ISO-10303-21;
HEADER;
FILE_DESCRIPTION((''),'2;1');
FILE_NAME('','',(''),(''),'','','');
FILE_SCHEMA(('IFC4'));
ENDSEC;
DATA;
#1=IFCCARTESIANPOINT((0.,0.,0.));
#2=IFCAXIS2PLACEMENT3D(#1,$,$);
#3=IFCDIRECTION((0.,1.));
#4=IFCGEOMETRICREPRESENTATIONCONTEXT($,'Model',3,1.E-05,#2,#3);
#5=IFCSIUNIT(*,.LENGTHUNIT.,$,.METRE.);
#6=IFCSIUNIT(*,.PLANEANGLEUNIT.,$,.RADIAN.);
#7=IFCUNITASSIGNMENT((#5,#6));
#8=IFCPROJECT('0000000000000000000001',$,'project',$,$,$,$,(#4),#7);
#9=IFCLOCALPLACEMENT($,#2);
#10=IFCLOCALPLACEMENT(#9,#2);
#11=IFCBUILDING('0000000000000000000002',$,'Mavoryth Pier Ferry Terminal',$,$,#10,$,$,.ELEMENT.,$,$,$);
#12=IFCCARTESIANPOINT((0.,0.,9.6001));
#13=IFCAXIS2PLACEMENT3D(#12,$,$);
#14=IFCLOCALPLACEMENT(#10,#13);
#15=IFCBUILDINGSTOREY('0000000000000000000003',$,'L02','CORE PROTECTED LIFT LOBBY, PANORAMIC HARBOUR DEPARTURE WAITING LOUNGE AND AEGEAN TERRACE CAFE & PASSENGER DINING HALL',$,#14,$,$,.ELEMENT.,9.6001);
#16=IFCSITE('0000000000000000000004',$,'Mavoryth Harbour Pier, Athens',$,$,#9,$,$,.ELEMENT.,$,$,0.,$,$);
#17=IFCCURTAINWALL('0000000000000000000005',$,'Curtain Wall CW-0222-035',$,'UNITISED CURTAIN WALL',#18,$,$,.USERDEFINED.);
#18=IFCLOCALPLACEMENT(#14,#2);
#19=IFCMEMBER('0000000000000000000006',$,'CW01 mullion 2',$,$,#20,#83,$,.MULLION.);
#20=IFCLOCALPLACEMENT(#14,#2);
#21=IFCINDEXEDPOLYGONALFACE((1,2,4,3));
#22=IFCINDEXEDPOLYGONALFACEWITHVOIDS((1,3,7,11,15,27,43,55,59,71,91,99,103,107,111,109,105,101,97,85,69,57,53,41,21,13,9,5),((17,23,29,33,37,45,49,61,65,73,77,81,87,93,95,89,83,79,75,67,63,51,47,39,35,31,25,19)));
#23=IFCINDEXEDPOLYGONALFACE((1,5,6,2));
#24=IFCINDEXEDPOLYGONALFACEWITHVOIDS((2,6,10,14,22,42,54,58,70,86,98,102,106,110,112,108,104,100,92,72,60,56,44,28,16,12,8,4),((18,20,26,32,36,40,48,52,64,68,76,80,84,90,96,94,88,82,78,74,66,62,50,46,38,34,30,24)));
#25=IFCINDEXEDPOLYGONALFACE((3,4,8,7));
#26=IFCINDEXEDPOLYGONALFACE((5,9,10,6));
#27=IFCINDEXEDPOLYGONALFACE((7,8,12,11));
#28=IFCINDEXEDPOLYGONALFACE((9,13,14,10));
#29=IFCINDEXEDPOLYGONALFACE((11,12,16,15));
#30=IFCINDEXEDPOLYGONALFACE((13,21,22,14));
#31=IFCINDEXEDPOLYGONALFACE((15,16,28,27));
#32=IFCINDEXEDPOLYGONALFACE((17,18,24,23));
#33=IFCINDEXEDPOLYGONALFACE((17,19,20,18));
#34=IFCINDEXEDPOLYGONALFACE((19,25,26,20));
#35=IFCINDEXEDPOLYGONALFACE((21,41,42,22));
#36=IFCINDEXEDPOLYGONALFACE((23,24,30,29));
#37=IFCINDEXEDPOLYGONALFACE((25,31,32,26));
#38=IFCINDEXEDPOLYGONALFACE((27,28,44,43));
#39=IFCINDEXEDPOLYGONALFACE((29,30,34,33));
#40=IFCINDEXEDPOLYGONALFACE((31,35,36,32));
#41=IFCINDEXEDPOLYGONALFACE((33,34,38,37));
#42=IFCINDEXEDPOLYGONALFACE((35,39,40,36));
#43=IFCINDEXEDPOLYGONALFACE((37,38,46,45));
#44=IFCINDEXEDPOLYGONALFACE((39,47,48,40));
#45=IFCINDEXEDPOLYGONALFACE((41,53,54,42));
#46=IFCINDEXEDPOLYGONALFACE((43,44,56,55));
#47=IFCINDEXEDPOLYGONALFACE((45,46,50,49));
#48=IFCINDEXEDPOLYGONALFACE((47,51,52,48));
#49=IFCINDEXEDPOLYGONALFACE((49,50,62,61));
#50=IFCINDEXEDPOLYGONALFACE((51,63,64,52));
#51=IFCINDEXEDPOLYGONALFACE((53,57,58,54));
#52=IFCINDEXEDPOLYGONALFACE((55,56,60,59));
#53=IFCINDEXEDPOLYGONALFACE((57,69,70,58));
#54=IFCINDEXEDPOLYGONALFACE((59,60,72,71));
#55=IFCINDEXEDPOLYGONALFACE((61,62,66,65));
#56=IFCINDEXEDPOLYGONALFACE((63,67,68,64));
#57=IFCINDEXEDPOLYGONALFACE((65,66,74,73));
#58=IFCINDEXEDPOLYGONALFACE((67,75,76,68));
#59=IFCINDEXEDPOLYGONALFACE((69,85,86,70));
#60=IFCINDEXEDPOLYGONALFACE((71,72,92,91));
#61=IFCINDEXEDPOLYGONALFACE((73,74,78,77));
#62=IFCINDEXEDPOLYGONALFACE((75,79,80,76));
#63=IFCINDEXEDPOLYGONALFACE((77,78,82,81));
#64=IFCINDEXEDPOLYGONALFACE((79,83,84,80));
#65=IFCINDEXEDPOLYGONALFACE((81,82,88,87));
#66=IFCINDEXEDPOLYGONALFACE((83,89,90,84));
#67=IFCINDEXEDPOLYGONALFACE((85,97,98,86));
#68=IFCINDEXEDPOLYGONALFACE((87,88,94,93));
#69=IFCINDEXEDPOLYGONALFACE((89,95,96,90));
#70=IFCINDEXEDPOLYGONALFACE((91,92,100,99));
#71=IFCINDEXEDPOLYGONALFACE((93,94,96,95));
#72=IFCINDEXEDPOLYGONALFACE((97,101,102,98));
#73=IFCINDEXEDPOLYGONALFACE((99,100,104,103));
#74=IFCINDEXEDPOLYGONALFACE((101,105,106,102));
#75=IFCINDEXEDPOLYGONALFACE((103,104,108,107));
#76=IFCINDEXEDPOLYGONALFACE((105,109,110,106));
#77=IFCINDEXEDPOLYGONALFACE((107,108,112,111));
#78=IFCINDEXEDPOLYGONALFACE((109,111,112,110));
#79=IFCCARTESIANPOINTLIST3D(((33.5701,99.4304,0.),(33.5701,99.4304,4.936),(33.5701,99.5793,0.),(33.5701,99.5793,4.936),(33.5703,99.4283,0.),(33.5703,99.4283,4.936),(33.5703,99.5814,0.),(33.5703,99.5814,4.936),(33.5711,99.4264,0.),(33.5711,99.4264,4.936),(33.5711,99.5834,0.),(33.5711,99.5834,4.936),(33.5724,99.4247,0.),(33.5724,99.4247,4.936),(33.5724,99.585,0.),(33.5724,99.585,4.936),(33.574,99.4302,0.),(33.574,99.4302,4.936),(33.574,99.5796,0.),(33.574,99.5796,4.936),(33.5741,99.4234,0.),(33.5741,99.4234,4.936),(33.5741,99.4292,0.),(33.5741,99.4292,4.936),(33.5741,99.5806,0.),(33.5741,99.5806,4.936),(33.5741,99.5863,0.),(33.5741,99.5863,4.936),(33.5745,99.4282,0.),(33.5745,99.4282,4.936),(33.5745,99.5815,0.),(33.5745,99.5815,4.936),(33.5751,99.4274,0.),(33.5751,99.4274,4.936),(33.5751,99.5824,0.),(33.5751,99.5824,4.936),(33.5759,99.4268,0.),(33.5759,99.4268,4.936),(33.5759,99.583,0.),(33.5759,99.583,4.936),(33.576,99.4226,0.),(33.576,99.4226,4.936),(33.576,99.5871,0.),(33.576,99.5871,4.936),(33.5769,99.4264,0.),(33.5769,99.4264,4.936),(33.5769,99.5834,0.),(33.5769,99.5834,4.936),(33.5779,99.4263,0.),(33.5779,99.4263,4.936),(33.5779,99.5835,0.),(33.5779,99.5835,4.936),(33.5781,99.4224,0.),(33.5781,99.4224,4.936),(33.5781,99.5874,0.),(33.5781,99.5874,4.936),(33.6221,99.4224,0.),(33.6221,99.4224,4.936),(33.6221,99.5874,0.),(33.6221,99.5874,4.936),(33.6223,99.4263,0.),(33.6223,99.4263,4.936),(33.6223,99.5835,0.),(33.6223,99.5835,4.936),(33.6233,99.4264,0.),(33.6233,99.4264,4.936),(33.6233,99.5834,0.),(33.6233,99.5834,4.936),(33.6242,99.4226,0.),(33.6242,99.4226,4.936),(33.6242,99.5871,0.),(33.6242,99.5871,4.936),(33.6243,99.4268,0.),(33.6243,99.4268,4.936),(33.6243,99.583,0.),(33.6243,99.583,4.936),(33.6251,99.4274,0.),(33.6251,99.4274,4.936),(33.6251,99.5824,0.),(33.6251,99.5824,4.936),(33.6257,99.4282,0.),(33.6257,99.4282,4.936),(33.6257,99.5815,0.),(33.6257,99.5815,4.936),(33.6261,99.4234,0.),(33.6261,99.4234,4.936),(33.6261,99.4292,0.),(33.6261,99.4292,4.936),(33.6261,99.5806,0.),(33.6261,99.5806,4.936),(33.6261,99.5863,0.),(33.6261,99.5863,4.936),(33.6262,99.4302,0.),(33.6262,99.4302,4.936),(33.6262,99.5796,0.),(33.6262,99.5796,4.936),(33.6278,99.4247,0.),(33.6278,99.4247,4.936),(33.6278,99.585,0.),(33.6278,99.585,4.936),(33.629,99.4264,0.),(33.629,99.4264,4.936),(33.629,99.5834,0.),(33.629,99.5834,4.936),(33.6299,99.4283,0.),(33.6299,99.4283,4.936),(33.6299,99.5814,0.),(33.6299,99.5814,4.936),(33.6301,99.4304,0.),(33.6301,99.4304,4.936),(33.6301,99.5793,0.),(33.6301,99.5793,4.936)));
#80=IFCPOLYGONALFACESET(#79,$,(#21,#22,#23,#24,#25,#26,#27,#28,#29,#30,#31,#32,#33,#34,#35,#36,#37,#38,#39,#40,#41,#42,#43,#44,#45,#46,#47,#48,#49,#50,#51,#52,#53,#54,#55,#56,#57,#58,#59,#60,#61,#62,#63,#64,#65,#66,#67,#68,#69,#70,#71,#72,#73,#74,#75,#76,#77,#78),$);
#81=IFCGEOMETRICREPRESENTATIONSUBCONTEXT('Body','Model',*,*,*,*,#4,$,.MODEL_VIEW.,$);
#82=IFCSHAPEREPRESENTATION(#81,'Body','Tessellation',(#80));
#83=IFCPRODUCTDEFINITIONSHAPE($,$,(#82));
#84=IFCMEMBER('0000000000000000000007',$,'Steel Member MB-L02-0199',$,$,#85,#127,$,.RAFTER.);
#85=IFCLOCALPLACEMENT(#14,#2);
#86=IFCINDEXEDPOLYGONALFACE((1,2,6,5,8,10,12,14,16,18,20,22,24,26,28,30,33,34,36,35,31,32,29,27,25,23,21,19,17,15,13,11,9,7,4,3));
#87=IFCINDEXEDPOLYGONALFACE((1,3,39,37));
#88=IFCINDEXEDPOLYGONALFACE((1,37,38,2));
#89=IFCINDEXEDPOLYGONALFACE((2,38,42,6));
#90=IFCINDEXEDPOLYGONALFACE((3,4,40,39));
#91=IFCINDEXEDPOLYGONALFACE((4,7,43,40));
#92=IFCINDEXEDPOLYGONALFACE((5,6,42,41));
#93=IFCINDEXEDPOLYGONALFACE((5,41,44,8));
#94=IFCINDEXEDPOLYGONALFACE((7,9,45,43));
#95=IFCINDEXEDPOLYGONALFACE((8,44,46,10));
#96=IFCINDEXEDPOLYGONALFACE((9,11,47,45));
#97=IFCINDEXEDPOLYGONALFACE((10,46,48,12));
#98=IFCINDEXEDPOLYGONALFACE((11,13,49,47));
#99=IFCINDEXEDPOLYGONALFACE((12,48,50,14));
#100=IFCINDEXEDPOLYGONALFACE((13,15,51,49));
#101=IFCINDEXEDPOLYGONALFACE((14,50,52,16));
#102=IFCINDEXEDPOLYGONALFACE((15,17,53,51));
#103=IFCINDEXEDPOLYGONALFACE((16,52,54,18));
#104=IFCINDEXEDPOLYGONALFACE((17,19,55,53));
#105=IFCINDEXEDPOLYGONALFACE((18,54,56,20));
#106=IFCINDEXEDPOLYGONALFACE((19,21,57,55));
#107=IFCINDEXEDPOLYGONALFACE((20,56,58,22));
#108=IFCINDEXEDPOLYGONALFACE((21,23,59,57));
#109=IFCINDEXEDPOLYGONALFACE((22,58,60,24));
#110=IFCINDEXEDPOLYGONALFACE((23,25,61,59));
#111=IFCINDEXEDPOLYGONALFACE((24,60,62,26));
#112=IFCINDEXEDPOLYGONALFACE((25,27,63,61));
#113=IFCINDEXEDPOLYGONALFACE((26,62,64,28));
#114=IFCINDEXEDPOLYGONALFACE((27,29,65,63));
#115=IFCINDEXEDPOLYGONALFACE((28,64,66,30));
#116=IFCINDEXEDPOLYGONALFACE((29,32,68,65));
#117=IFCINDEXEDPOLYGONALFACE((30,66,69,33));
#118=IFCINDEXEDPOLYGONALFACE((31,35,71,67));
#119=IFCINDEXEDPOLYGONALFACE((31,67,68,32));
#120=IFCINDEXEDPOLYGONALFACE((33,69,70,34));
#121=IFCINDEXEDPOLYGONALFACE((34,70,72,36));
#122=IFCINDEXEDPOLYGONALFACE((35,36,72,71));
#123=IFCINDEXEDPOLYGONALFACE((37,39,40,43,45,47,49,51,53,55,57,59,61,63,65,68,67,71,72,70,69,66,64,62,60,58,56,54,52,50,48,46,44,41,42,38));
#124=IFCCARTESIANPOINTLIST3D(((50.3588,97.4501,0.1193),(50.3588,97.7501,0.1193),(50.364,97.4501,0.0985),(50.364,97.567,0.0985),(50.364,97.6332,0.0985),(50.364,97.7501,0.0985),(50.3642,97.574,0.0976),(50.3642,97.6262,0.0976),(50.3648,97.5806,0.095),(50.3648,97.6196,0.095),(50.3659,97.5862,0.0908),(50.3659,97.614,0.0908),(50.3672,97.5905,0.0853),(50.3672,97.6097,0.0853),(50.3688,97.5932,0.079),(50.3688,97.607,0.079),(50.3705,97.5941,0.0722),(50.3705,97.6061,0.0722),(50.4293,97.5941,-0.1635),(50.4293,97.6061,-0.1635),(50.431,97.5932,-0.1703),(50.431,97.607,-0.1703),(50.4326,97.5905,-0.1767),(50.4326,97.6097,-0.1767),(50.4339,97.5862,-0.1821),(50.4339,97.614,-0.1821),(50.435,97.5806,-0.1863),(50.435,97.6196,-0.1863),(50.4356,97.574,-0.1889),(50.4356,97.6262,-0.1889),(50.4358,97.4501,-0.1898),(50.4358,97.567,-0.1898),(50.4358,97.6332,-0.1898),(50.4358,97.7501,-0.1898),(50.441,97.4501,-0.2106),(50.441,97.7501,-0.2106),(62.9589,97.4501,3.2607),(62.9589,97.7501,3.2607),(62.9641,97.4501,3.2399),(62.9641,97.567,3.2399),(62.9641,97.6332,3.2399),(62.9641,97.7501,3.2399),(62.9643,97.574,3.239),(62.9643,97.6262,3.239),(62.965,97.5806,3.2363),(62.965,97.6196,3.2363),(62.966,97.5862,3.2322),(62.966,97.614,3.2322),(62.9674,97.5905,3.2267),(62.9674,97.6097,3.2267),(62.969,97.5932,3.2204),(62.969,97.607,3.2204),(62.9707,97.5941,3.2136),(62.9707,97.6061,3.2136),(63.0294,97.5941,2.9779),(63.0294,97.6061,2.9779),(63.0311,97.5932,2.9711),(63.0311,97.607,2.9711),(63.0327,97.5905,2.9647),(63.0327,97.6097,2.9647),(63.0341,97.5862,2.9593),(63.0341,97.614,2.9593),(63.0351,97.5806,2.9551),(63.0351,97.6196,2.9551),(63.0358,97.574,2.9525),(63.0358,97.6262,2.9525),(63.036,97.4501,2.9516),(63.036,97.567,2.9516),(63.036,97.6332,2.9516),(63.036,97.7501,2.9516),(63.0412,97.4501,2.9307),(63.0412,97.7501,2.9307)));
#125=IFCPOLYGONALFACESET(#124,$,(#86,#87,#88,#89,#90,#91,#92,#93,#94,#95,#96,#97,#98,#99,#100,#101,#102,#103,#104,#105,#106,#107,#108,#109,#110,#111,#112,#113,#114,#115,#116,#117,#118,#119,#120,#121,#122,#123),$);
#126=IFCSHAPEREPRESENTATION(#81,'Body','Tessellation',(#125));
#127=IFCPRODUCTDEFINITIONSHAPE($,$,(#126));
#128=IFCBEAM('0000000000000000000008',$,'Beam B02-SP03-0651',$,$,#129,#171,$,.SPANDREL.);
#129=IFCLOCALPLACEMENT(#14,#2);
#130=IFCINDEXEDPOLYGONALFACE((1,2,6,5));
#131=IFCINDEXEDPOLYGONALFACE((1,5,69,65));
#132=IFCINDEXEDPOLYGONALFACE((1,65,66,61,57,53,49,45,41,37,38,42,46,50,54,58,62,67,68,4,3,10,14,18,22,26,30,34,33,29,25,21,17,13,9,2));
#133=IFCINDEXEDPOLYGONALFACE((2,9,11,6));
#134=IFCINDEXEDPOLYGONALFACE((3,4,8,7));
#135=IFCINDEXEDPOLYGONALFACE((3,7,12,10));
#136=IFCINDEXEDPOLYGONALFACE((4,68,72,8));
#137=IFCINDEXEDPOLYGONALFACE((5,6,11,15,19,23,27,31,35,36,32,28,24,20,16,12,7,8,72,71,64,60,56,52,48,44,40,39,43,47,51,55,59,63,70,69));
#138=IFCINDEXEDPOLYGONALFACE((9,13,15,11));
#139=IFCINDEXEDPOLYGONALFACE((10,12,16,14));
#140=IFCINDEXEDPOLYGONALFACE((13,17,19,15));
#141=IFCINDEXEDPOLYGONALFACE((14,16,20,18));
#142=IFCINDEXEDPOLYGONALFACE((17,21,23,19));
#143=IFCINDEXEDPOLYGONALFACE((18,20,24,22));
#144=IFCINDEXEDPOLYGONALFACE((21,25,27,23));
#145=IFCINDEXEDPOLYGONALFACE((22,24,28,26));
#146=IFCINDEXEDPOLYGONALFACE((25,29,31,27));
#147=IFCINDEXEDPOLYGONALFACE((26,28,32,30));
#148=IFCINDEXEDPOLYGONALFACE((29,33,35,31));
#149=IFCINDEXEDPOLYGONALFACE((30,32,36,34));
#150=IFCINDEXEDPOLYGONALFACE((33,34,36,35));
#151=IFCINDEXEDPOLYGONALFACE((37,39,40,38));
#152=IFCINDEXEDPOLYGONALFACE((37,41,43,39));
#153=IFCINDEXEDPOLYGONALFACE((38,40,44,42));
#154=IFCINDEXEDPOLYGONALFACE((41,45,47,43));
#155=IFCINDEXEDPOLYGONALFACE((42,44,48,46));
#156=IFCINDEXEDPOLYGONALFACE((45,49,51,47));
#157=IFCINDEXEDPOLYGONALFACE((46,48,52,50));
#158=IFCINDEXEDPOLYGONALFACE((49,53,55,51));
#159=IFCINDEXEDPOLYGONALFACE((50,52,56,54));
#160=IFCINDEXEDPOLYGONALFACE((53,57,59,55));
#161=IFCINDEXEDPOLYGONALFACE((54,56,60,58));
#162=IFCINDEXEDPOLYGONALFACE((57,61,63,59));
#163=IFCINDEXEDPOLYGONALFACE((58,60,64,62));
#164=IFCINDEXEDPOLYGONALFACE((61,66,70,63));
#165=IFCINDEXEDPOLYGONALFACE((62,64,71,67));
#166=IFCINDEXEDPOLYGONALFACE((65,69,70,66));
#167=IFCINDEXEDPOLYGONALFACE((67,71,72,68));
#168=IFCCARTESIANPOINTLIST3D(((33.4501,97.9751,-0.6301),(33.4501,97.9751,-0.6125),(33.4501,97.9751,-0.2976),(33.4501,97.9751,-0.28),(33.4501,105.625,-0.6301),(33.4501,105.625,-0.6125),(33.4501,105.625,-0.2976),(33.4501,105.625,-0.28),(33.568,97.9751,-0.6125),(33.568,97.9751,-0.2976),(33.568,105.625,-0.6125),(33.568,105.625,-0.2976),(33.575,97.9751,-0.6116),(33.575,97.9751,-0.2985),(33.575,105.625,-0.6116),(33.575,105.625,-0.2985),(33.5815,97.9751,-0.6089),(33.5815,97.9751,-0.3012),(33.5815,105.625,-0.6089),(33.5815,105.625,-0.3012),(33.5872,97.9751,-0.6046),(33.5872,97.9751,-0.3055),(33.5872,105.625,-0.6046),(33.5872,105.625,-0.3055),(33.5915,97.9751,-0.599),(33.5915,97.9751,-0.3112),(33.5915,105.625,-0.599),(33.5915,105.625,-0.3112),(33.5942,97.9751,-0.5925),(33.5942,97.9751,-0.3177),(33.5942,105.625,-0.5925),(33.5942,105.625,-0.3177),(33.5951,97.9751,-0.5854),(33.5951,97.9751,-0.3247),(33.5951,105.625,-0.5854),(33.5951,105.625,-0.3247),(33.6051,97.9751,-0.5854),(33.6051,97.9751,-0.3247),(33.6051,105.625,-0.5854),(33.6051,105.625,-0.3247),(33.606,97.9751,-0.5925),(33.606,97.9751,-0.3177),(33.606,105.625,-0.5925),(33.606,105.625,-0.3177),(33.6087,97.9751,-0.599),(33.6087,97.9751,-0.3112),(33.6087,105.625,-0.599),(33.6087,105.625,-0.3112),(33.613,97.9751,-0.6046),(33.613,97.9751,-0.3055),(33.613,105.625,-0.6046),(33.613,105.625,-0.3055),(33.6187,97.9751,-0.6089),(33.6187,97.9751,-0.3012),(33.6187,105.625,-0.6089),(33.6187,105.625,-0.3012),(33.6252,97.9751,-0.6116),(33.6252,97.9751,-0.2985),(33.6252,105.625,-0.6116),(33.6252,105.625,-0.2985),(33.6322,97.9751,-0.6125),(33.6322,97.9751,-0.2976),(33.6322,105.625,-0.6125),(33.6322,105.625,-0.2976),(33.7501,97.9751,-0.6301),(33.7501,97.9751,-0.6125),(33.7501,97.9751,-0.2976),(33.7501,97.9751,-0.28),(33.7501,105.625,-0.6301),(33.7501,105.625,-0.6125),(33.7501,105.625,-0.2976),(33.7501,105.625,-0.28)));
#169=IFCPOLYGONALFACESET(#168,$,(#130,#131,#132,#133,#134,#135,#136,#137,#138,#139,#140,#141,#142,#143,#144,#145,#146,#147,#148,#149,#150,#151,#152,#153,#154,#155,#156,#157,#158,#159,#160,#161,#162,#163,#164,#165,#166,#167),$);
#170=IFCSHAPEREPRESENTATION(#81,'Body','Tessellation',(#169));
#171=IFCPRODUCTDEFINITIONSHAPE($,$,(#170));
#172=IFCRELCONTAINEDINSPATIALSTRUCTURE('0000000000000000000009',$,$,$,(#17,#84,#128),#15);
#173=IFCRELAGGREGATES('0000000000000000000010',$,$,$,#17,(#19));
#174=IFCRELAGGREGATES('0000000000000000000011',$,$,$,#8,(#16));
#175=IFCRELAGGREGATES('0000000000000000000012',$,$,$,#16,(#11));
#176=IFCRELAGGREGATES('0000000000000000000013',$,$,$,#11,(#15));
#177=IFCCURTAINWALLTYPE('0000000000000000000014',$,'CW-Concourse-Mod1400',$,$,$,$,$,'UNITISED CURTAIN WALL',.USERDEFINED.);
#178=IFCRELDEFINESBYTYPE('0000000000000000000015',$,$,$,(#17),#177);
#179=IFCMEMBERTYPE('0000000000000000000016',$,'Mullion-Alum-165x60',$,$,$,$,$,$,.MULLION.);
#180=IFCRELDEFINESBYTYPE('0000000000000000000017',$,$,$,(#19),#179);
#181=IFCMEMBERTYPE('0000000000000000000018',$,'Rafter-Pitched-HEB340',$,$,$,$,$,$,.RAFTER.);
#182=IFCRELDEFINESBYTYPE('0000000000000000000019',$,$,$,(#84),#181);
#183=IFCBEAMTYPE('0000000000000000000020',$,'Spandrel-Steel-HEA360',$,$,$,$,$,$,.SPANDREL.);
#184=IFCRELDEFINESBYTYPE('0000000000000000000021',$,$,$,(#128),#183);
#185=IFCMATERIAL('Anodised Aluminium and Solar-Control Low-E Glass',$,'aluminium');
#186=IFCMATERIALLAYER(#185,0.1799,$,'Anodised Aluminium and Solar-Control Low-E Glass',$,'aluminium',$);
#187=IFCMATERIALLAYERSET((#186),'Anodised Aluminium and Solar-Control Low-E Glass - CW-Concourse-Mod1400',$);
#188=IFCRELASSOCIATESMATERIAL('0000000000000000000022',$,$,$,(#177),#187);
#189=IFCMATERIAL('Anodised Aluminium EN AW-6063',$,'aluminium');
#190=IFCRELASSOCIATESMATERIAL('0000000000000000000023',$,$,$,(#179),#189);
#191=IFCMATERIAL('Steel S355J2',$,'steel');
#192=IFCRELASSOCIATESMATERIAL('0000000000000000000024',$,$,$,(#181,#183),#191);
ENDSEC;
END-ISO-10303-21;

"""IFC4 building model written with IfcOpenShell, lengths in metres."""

from ifc_helpers import new_model, si_unit, direction, frame, origin, origin_2d, place, context, subcontext, project, spatial, hollow_rectangle, i_section, extrude, material, layer, layer_set, material_profile, profile_set, type_object, element, aggregate, save


model = new_model("IFC4")

# Units and contexts
model_context = context("Model", 3, precision=1e-05, world=origin(), true_north=direction((0.0, 1.0)))
body_context = subcontext(model_context, "Body", "Model", "MODEL_VIEW")
ifc_project = project(units=[si_unit("LENGTHUNIT", "METRE"), si_unit("PLANEANGLEUNIT", "RADIAN")], contexts=[model_context])

# Site, building, storey
site_placement = place(None, origin())
site = spatial("IfcSite", under=ifc_project, at=site_placement, Name="Mavoryth Harbour Pier, Athens", CompositionType="ELEMENT", RefElevation=0.0)
building_placement = place(site_placement, origin())
building = spatial("IfcBuilding", under=site, at=building_placement, Name="Mavoryth Pier Ferry Terminal", CompositionType="ELEMENT")
storey_placement = place(building_placement, frame((0.0, 0.0, 9.6001)))
storey = spatial("IfcBuildingStorey", under=building, at=storey_placement, Name="L02", Description="CORE PROTECTED LIFT LOBBY, PANORAMIC HARBOUR DEPARTURE WAITING LOUNGE AND AEGEAN TERRACE CAFE & PASSENGER DINING HALL", CompositionType="ELEMENT", Elevation=9.6001)

# Shared definitions
ifc_material_1 = material(Name="Steel S355J2", Category="steel")

# Curtain wall, member
ifc_material_2 = material(Name="Anodised Aluminium and Solar-Control Low-E Glass", Category="aluminium")
ifc_layer_1 = layer(ifc_material_2, 0.1799, Name="Anodised Aluminium and Solar-Control Low-E Glass", Category="aluminium")
ifc_layer_set_1 = layer_set([ifc_layer_1], Name="Anodised Aluminium and Solar-Control Low-E Glass - CW-Concourse-Mod1400")
curtain_wall_type = type_object("IfcCurtainWallType", Name="CW-Concourse-Mod1400", ElementType="UNITISED CURTAIN WALL", PredefinedType="USERDEFINED", material=ifc_layer_set_1)
ifc_material_3 = material(Name="Anodised Aluminium EN AW-6063", Category="aluminium")
ifc_material_profile_1 = material_profile(ifc_material_3, hollow_rectangle(XDim=0.0601, YDim=0.165, WallThickness=0.0039, InnerFilletRadius=0.0039, OuterFilletRadius=0.0081, at=origin_2d()), Name="AL-MULL 165x60x4", Category="aluminium")
ifc_profile_set_1 = profile_set([ifc_material_profile_1], Name="Anodised Aluminium EN AW-6063 - AL-MULL 165x60x4")
member_type_1 = type_object("IfcMemberType", Name="Mullion-Alum-165x60", PredefinedType="MULLION", material=ifc_profile_set_1)
curtain_wall_1_placement = place(storey_placement, origin())
curtain_wall_1 = element("IfcCurtainWall", 1, at=curtain_wall_1_placement, inside=storey, type_object=curtain_wall_type, Name="Curtain Wall CW-0222-035", ObjectType="UNITISED CURTAIN WALL", PredefinedType="USERDEFINED")
member_1_placement = place(storey_placement, frame((33.6001, 99.5049, 0.0), z_axis=(0.0, 0.0, 1.0), x_axis=(-1.0, 0.0, 0.0)))
member_1 = element("IfcMember", 2, at=member_1_placement, type_object=member_type_1, Name="CW01 mullion 2", PredefinedType="MULLION", context=body_context, shape_type="SweptSolid", body=[
    extrude(hollow_rectangle(XDim=0.0601, YDim=0.165, WallThickness=0.0039, InnerFilletRadius=0.0039, OuterFilletRadius=0.0081, at=origin_2d()), origin(), (0.0, 0.0, 1.0), 4.936),
])

# Member
ifc_material_profile_2 = material_profile(ifc_material_1, i_section(OverallWidth=0.3, OverallDepth=0.3401, WebThickness=0.012, FlangeThickness=0.0215, FilletRadius=0.0271, at=origin_2d()), Name="HEB 340", Category="steel")
ifc_profile_set_2 = profile_set([ifc_material_profile_2], Name="Steel S355J2 - HEB 340")
member_type_2 = type_object("IfcMemberType", Name="Rafter-Pitched-HEB340", PredefinedType="RAFTER", material=ifc_profile_set_2)
member_2_placement = place(storey_placement, frame((50.3999, 97.6001, -0.0457), z_axis=(0.970299, 0.0, 0.241907), x_axis=(0.0, 1.0, 0.0)))
element("IfcMember", 3, at=member_2_placement, inside=storey, type_object=member_type_2, Name="Steel Member MB-L02-0199", PredefinedType="RAFTER", context=body_context, shape_type="SweptSolid", body=[
    extrude(i_section(OverallWidth=0.3, OverallDepth=0.3401, WebThickness=0.012, FlangeThickness=0.0215, FilletRadius=0.0271, at=origin_2d()), origin(), (0.0, 0.0, 1.0), 12.9858),
])

# Beam
ifc_material_profile_3 = material_profile(ifc_material_1, i_section(OverallWidth=0.3, OverallDepth=0.3501, WebThickness=0.01, FlangeThickness=0.0176, FilletRadius=0.0271, at=origin_2d()), Name="HEA 360", Category="steel")
ifc_profile_set_3 = profile_set([ifc_material_profile_3], Name="Steel S355J2 - HEA 360")
beam_type_1 = type_object("IfcBeamType", Name="Spandrel-Steel-HEA360", PredefinedType="SPANDREL", material=ifc_profile_set_3)
beam_1_placement = place(storey_placement, frame((33.6001, 97.9751, -0.4551), z_axis=(0.0, 1.0, 0.0), x_axis=(-1.0, 0.0, 0.0)))
element("IfcBeam", 4, at=beam_1_placement, inside=storey, type_object=beam_type_1, Name="Beam B02-SP03-0651", PredefinedType="SPANDREL", context=body_context, shape_type="SweptSolid", body=[
    extrude(i_section(OverallWidth=0.3, OverallDepth=0.3501, WebThickness=0.01, FlangeThickness=0.0176, FilletRadius=0.0271, at=origin_2d()), origin(), (0.0, 0.0, 1.0), 7.6499),
])

aggregate(curtain_wall_1, [member_1])

save(model, "model.ifc")
